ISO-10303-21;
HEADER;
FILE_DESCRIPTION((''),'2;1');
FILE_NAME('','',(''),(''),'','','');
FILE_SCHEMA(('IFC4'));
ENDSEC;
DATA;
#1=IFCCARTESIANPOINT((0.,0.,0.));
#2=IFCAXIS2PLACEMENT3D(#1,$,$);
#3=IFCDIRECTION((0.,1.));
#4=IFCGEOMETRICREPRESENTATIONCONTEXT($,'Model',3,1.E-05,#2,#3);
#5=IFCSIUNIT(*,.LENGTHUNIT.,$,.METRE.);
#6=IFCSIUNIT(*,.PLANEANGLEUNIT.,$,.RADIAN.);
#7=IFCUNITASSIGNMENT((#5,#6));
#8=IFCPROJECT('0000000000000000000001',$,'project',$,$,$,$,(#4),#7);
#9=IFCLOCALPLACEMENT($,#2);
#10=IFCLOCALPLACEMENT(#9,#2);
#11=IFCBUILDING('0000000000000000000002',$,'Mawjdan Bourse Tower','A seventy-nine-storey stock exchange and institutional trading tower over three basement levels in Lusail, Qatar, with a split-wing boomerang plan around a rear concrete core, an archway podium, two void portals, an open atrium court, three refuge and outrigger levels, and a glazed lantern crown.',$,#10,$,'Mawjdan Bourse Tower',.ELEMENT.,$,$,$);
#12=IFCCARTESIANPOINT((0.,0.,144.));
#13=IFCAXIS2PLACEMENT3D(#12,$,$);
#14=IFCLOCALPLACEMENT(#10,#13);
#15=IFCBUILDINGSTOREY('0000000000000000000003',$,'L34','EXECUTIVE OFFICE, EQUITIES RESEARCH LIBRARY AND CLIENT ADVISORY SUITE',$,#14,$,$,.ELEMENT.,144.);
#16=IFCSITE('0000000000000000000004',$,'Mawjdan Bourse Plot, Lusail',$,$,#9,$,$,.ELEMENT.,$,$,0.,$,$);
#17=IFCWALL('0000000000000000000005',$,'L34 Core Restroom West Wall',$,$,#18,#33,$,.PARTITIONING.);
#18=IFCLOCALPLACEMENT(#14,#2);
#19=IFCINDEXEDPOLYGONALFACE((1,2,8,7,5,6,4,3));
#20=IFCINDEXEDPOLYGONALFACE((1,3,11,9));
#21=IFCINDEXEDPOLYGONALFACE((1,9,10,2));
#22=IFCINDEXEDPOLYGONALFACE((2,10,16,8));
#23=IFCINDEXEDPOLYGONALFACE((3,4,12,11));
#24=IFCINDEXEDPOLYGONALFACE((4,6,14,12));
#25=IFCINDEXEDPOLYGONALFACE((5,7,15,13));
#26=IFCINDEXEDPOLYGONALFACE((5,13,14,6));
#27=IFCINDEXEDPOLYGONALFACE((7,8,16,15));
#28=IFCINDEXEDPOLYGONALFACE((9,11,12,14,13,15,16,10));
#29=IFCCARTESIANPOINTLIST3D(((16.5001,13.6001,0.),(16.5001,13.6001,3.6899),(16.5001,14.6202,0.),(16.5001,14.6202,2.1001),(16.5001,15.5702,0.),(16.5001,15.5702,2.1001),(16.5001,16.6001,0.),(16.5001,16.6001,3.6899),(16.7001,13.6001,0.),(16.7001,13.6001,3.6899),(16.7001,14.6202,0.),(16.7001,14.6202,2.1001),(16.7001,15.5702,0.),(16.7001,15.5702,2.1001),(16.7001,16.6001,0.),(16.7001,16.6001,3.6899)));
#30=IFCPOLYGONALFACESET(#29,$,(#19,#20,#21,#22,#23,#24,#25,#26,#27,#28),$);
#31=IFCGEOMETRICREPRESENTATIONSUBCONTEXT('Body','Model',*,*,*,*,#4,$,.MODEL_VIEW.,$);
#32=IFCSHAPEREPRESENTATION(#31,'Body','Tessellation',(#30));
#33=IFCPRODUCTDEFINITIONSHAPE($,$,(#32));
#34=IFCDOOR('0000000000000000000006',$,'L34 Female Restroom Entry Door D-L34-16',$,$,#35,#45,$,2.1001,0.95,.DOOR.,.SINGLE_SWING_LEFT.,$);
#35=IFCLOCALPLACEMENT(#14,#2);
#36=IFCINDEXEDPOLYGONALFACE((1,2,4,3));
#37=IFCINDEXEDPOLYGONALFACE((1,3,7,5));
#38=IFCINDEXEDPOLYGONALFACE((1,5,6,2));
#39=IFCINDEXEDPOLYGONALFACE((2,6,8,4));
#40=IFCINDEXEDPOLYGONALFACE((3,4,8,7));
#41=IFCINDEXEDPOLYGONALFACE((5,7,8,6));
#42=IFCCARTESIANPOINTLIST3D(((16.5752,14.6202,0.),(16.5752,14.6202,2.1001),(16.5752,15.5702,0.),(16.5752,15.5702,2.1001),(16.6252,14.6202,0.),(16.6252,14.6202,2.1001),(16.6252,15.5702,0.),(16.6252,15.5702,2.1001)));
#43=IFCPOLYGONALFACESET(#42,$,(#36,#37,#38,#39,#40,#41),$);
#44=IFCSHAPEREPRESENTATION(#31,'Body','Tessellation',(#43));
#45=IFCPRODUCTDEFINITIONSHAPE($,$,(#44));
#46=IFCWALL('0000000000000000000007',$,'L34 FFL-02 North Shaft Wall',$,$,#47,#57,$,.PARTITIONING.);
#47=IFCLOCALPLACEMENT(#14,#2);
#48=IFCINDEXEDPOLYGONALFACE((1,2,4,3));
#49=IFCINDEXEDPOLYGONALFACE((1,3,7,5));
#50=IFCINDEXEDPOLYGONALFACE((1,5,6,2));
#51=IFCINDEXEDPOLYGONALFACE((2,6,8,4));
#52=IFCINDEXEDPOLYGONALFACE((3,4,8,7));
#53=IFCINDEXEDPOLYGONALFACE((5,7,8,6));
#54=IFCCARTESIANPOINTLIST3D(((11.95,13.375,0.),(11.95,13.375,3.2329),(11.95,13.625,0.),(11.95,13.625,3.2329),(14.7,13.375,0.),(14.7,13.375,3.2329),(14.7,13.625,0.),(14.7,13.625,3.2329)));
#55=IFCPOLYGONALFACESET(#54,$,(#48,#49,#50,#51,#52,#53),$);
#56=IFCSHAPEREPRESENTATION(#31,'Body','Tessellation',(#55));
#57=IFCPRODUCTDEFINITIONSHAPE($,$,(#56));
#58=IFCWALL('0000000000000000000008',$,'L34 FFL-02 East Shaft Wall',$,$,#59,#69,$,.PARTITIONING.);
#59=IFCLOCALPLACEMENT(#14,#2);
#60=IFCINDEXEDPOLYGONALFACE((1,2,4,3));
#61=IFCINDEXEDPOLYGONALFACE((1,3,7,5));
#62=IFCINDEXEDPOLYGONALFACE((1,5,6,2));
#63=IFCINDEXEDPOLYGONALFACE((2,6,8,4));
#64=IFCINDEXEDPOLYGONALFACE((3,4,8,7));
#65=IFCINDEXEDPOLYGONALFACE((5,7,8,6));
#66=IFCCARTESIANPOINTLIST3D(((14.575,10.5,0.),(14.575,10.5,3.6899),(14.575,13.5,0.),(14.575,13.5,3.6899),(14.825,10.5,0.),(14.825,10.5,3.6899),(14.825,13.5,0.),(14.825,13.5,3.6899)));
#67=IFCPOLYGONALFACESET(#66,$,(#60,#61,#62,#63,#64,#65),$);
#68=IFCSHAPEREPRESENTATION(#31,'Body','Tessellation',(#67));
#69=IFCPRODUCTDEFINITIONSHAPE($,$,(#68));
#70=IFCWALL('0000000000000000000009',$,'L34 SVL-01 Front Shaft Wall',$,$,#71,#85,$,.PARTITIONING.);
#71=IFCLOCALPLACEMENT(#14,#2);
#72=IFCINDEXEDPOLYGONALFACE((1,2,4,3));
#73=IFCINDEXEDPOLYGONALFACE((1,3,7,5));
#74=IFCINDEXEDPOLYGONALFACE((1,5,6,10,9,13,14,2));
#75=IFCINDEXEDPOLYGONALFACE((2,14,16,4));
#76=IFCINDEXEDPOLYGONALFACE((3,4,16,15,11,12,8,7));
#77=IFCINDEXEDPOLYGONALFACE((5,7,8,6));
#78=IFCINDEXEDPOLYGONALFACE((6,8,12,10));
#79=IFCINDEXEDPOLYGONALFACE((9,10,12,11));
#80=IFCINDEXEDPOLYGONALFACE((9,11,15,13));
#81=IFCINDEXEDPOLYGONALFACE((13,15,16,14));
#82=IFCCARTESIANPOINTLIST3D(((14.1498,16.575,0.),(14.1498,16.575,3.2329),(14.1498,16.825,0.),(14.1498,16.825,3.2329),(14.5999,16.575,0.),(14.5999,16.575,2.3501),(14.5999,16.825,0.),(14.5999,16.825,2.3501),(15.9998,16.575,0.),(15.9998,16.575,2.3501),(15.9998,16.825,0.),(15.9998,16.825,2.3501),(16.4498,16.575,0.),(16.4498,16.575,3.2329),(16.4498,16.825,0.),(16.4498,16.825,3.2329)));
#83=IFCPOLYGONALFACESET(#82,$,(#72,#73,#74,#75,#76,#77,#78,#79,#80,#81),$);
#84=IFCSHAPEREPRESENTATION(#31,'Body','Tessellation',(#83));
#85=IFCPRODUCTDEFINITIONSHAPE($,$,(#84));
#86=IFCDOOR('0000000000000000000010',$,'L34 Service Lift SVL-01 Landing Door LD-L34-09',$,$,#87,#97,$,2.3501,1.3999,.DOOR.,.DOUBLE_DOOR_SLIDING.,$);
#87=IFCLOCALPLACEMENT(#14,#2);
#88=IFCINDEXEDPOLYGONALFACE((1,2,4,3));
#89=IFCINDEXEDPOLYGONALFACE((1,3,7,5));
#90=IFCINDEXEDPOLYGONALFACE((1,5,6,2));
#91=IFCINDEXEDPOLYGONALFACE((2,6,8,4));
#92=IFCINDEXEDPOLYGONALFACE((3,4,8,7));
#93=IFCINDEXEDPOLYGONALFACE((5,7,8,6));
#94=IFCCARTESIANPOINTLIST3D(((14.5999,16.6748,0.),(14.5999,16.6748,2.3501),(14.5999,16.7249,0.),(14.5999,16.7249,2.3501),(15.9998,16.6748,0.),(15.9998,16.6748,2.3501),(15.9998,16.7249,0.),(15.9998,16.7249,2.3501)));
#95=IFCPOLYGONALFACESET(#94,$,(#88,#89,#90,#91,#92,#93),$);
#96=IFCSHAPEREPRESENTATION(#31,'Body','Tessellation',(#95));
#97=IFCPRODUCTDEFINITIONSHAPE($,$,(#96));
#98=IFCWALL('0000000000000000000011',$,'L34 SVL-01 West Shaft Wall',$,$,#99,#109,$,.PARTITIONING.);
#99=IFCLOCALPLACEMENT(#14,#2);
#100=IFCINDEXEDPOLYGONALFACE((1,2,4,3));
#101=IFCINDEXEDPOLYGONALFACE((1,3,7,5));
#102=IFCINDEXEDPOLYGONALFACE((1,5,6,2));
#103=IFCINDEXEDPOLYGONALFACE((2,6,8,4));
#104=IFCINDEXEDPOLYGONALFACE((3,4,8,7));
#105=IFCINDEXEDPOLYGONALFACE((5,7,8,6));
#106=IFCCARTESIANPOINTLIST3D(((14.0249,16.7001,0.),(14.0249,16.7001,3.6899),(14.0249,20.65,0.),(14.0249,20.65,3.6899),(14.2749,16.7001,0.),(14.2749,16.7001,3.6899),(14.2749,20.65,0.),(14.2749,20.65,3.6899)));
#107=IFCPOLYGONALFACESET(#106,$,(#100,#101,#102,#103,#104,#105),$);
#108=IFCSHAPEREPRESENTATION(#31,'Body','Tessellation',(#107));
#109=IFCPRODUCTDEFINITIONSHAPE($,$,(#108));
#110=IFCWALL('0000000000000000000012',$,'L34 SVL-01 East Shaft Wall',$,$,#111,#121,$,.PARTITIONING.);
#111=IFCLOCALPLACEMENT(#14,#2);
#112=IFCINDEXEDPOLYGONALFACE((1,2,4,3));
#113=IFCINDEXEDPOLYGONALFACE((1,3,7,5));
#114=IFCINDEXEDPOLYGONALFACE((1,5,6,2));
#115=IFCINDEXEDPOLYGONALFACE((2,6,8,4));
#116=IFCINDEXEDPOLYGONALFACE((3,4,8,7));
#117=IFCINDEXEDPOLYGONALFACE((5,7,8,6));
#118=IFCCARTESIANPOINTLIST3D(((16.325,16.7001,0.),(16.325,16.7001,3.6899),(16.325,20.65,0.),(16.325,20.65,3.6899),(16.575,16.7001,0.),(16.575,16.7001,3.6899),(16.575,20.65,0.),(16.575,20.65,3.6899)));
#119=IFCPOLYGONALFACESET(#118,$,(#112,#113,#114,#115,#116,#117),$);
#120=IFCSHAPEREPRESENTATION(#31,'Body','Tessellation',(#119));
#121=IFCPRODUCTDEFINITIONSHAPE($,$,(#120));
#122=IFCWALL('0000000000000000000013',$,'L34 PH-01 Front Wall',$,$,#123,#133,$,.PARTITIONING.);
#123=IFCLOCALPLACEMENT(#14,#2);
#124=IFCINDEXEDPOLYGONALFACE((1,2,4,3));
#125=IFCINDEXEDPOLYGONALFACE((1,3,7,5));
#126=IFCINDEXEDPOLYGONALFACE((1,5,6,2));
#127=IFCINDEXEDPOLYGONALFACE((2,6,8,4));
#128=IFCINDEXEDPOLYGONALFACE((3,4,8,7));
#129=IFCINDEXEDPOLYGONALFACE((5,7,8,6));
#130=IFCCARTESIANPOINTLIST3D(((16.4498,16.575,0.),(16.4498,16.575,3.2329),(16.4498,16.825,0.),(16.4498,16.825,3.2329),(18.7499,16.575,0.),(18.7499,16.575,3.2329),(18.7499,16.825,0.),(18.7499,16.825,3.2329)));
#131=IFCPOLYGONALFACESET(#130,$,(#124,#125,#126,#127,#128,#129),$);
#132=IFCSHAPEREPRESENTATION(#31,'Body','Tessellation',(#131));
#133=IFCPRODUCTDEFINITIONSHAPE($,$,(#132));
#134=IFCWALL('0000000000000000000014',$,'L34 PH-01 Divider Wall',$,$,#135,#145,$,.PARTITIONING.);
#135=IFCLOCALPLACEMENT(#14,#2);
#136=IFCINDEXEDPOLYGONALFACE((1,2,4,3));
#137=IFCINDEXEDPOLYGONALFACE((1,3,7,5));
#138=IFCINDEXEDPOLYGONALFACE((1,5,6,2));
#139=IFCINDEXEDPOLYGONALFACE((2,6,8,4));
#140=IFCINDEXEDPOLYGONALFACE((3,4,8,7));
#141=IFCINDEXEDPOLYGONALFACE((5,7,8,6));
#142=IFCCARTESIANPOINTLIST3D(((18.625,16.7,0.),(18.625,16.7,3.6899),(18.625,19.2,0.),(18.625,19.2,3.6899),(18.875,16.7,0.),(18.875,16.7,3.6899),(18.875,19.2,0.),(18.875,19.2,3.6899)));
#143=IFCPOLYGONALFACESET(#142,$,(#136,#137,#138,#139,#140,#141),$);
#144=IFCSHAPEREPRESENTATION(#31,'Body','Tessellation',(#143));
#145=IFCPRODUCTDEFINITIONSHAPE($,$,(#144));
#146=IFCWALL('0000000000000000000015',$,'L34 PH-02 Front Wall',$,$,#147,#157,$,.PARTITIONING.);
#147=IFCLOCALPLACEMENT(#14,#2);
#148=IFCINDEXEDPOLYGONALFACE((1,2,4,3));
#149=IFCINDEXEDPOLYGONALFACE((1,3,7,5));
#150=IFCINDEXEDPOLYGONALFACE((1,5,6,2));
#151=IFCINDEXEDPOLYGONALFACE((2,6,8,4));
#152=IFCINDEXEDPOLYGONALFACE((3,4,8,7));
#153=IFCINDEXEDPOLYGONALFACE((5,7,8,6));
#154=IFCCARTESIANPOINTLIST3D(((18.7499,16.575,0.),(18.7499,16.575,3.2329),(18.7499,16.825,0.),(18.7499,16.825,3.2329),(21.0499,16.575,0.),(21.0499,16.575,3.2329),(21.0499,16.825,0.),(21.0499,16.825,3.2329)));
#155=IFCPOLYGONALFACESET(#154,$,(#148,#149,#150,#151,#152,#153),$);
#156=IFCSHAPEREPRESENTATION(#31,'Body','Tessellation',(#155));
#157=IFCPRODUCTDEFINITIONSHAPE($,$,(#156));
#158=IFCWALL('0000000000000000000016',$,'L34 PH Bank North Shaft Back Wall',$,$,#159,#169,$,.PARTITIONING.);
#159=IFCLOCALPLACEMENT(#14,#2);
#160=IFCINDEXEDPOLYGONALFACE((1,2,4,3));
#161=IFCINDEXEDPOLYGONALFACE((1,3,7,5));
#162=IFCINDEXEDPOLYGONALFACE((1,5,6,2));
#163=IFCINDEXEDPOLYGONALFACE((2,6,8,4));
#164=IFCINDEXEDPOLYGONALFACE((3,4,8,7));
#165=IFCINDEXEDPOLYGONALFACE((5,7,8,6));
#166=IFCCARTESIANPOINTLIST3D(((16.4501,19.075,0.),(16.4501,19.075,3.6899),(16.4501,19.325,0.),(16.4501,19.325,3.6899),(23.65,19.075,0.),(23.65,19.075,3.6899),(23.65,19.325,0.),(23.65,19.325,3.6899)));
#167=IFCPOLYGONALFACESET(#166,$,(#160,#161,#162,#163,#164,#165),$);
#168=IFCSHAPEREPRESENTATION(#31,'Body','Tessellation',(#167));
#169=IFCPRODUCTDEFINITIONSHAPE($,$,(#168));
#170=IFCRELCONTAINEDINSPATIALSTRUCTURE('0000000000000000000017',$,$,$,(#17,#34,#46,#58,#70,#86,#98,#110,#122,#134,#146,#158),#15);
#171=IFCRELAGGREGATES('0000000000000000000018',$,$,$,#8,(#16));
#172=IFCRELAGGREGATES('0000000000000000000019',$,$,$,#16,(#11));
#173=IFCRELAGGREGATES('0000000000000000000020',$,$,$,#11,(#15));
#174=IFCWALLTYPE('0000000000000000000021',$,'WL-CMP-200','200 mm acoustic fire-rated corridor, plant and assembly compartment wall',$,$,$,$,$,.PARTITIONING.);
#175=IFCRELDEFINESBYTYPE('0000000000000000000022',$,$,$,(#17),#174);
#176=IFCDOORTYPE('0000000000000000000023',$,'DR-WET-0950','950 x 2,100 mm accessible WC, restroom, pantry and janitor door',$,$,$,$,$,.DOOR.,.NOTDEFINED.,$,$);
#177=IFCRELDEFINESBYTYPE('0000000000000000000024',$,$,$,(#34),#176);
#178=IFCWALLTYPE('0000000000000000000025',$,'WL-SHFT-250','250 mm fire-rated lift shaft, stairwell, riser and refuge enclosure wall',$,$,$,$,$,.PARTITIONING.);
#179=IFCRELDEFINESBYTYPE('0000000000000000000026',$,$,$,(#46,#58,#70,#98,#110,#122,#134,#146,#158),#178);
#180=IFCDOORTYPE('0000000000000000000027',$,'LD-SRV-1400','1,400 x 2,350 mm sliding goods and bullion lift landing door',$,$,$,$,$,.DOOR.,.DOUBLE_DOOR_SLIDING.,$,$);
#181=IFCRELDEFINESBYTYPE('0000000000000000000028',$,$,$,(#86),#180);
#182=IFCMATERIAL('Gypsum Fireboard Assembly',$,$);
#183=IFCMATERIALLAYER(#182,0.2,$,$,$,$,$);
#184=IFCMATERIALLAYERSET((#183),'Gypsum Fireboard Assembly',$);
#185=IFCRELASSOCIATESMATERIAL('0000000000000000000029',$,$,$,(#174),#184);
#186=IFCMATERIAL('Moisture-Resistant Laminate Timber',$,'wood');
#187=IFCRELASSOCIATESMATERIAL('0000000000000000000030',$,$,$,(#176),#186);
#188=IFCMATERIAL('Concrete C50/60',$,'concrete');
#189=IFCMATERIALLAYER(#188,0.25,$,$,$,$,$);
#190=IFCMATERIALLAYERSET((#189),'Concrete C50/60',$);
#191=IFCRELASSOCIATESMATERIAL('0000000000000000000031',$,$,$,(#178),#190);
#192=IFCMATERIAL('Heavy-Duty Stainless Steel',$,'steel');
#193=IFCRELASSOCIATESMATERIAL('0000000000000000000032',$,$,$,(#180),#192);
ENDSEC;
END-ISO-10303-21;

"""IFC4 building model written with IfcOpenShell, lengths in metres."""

from ifc_helpers import new_model, si_unit, direction, frame, frame_2d, origin, place, context, subcontext, project, spatial, rectangle, extrude, material, layer, layer_set, type_object, element, fill, save


model = new_model("IFC4")

# Units and contexts
model_context = context("Model", 3, precision=1e-05, world=origin(), true_north=direction((0.0, 1.0)))
body_context = subcontext(model_context, "Body", "Model", "MODEL_VIEW")
ifc_project = project(units=[si_unit("LENGTHUNIT", "METRE"), si_unit("PLANEANGLEUNIT", "RADIAN")], contexts=[model_context])

# Site, building, storey
site_placement = place(None, origin())
site = spatial("IfcSite", under=ifc_project, at=site_placement, Name="Mawjdan Bourse Plot, Lusail", CompositionType="ELEMENT", RefElevation=0.0)
building_placement = place(site_placement, origin())
building = spatial("IfcBuilding", under=site, at=building_placement, Name="Mawjdan Bourse Tower", Description="A seventy-nine-storey stock exchange and institutional trading tower over three basement levels in Lusail, Qatar, with a split-wing boomerang plan around a rear concrete core, an archway podium, two void portals, an open atrium court, three refuge and outrigger levels, and a glazed lantern crown.", LongName="Mawjdan Bourse Tower", CompositionType="ELEMENT")
storey_placement = place(building_placement, frame((0.0, 0.0, 144.0)))
storey = spatial("IfcBuildingStorey", under=building, at=storey_placement, Name="L34", Description="EXECUTIVE OFFICE, EQUITIES RESEARCH LIBRARY AND CLIENT ADVISORY SUITE", CompositionType="ELEMENT", Elevation=144.0)

# Wall, opening, door
ifc_material_1 = material(Name="Gypsum Fireboard Assembly")
ifc_layer_1 = layer(ifc_material_1, 0.2)
ifc_layer_set_1 = layer_set([ifc_layer_1], Name="Gypsum Fireboard Assembly")
wall_type_1 = type_object("IfcWallType", Name="WL-CMP-200", Description="200 mm acoustic fire-rated corridor, plant and assembly compartment wall", PredefinedType="PARTITIONING", material=ifc_layer_set_1)
wall_1_placement = place(storey_placement, frame((16.6001, 13.6001, 0.0), z_axis=(0.0, 0.0, 1.0), x_axis=(0.0, 1.0, 0.0)))
wall_1 = element("IfcWall", 1, at=wall_1_placement, inside=storey, type_object=wall_type_1, Name="L34 Core Restroom West Wall", PredefinedType="PARTITIONING", context=body_context, shape_type="SweptSolid", body=[
    extrude(rectangle(XDim=3.0, YDim=0.2, at=frame_2d((1.5, 0.0))), origin(), (0.0, 0.0, 1.0), 3.6899),
])
opening_1_placement = place(wall_1_placement, frame((1.02, 0.0, 0.0)))
opening_1 = element("IfcOpeningElement", 2, at=opening_1_placement, cuts=wall_1, PredefinedType="OPENING", context=body_context, shape_type="SweptSolid", body=[
    extrude(rectangle(XDim=0.95, YDim=2.1001, at=frame_2d((0.4751, 1.05))), frame((0.0, 0.1099, 0.0), z_axis=(0.0, -1.0, 0.0), x_axis=(1.0, 0.0, 0.0)), (0.0, 0.0, 1.0), 0.22),
])
ifc_material_2 = material(Name="Moisture-Resistant Laminate Timber", Category="wood")
door_type_1 = type_object("IfcDoorType", Name="DR-WET-0950", Description="950 x 2,100 mm accessible WC, restroom, pantry and janitor door", OperationType="NOTDEFINED", PredefinedType="DOOR", material=ifc_material_2)
door_1_placement = place(opening_1_placement, origin())
door_1 = element("IfcDoor", 3, at=door_1_placement, inside=storey, type_object=door_type_1, Name="L34 Female Restroom Entry Door D-L34-16", OperationType="SINGLE_SWING_LEFT", OverallHeight=2.1001, OverallWidth=0.95, PredefinedType="DOOR", context=body_context, shape_type="SweptSolid", body=[
    extrude(rectangle(XDim=0.95, YDim=2.1001, at=frame_2d((0.4751, 1.05))), frame((0.0, 0.0249, 0.0), z_axis=(0.0, -1.0, 0.0), x_axis=(1.0, 0.0, 0.0)), (0.0, 0.0, 1.0), 0.05),
])
fill(opening_1, door_1)

# Walls
ifc_material_3 = material(Name="Concrete C50/60", Category="concrete")
ifc_layer_2 = layer(ifc_material_3, 0.25)
ifc_layer_set_2 = layer_set([ifc_layer_2], Name="Concrete C50/60")
wall_type_2 = type_object("IfcWallType", Name="WL-SHFT-250", Description="250 mm fire-rated lift shaft, stairwell, riser and refuge enclosure wall", PredefinedType="PARTITIONING", material=ifc_layer_set_2)
wall_2_placement = place(storey_placement, frame((11.95, 13.5, 0.0), z_axis=(0.0, 0.0, 1.0), x_axis=(1.0, 0.0, 0.0)))
element("IfcWall", 4, at=wall_2_placement, inside=storey, type_object=wall_type_2, Name="L34 FFL-02 North Shaft Wall", PredefinedType="PARTITIONING", context=body_context, shape_type="SweptSolid", body=[
    extrude(rectangle(XDim=2.75, YDim=0.25, at=frame_2d((1.375, 0.0))), origin(), (0.0, 0.0, 1.0), 3.2329),
])
wall_3_placement = place(storey_placement, frame((14.7, 10.5, 0.0), z_axis=(0.0, 0.0, 1.0), x_axis=(0.0, 1.0, 0.0)))
element("IfcWall", 5, at=wall_3_placement, inside=storey, type_object=wall_type_2, Name="L34 FFL-02 East Shaft Wall", PredefinedType="PARTITIONING", context=body_context, shape_type="SweptSolid", body=[
    extrude(rectangle(XDim=3.0, YDim=0.25, at=frame_2d((1.5, 0.0))), origin(), (0.0, 0.0, 1.0), 3.6899),
])

# Wall, opening, door
wall_4_placement = place(storey_placement, frame((14.1499, 16.7, 0.0), z_axis=(0.0, 0.0, 1.0), x_axis=(1.0, 0.0, 0.0)))
wall_4 = element("IfcWall", 6, at=wall_4_placement, inside=storey, type_object=wall_type_2, Name="L34 SVL-01 Front Shaft Wall", PredefinedType="PARTITIONING", context=body_context, shape_type="SweptSolid", body=[
    extrude(rectangle(XDim=2.3, YDim=0.25, at=frame_2d((1.1499, 0.0))), origin(), (0.0, 0.0, 1.0), 3.2329),
])
opening_2_placement = place(wall_4_placement, frame((0.45, 0.0, 0.0)))
opening_2 = element("IfcOpeningElement", 7, at=opening_2_placement, cuts=wall_4, PredefinedType="OPENING", context=body_context, shape_type="SweptSolid", body=[
    extrude(rectangle(XDim=1.3999, YDim=2.3501, at=frame_2d((0.7, 1.175))), frame((0.0, 0.135, 0.0), z_axis=(0.0, -1.0, 0.0), x_axis=(1.0, 0.0, 0.0)), (0.0, 0.0, 1.0), 0.27),
])
ifc_material_4 = material(Name="Heavy-Duty Stainless Steel", Category="steel")
door_type_2 = type_object("IfcDoorType", Name="LD-SRV-1400", Description="1,400 x 2,350 mm sliding goods and bullion lift landing door", OperationType="DOUBLE_DOOR_SLIDING", PredefinedType="DOOR", material=ifc_material_4)
door_2_placement = place(opening_2_placement, origin())
door_2 = element("IfcDoor", 8, at=door_2_placement, inside=storey, type_object=door_type_2, Name="L34 Service Lift SVL-01 Landing Door LD-L34-09", OperationType="DOUBLE_DOOR_SLIDING", OverallHeight=2.3501, OverallWidth=1.3999, PredefinedType="DOOR", context=body_context, shape_type="SweptSolid", body=[
    extrude(rectangle(XDim=1.3999, YDim=2.3501, at=frame_2d((0.7, 1.175))), frame((0.0, 0.0249, 0.0), z_axis=(0.0, -1.0, 0.0), x_axis=(1.0, 0.0, 0.0)), (0.0, 0.0, 1.0), 0.05),
])
fill(opening_2, door_2)

# Walls
for number, where, z_axis, x_axis, name in (
    (9, (14.1499, 16.7, 0.0), (0.0, 0.0, 1.0), (0.0, 1.0, 0.0), "L34 SVL-01 West Shaft Wall"),
    (10, (16.45, 16.7, 0.0), (0.0, 0.0, 1.0), (0.0, 1.0, 0.0), "L34 SVL-01 East Shaft Wall"),
):
    element("IfcWall", number, at=place(storey_placement, frame(where, z_axis=z_axis, x_axis=x_axis)), inside=storey, type_object=wall_type_2, Name=name, PredefinedType="PARTITIONING", context=body_context, shape_type="SweptSolid", body=[
        extrude(rectangle(XDim=3.95, YDim=0.25, at=frame_2d((1.9751, 0.0))), origin(), (0.0, 0.0, 1.0), 3.6899),
    ])
wall_5_placement = place(storey_placement, frame((16.45, 16.7, 0.0), z_axis=(0.0, 0.0, 1.0), x_axis=(1.0, 0.0, 0.0)))
element("IfcWall", 11, at=wall_5_placement, inside=storey, type_object=wall_type_2, Name="L34 PH-01 Front Wall", PredefinedType="PARTITIONING", context=body_context, shape_type="SweptSolid", body=[
    extrude(rectangle(XDim=2.3, YDim=0.25, at=frame_2d((1.1499, 0.0))), origin(), (0.0, 0.0, 1.0), 3.2329),
])
wall_6_placement = place(storey_placement, frame((18.75, 16.7, 0.0), z_axis=(0.0, 0.0, 1.0), x_axis=(0.0, 1.0, 0.0)))
element("IfcWall", 12, at=wall_6_placement, inside=storey, type_object=wall_type_2, Name="L34 PH-01 Divider Wall", PredefinedType="PARTITIONING", context=body_context, shape_type="SweptSolid", body=[
    extrude(rectangle(XDim=2.5, YDim=0.25, at=frame_2d((1.25, 0.0))), origin(), (0.0, 0.0, 1.0), 3.6899),
])
wall_7_placement = place(storey_placement, frame((18.75, 16.7, 0.0), z_axis=(0.0, 0.0, 1.0), x_axis=(1.0, 0.0, 0.0)))
element("IfcWall", 13, at=wall_7_placement, inside=storey, type_object=wall_type_2, Name="L34 PH-02 Front Wall", PredefinedType="PARTITIONING", context=body_context, shape_type="SweptSolid", body=[
    extrude(rectangle(XDim=2.3, YDim=0.25, at=frame_2d((1.1499, 0.0))), origin(), (0.0, 0.0, 1.0), 3.2329),
])
wall_8_placement = place(storey_placement, frame((16.45, 19.2, 0.0), z_axis=(0.0, 0.0, 1.0), x_axis=(1.0, 0.0, 0.0)))
element("IfcWall", 14, at=wall_8_placement, inside=storey, type_object=wall_type_2, Name="L34 PH Bank North Shaft Back Wall", PredefinedType="PARTITIONING", context=body_context, shape_type="SweptSolid", body=[
    extrude(rectangle(XDim=7.2, YDim=0.25, at=frame_2d((3.6001, 0.0))), origin(), (0.0, 0.0, 1.0), 3.6899),
])

save(model, "model.ifc")
